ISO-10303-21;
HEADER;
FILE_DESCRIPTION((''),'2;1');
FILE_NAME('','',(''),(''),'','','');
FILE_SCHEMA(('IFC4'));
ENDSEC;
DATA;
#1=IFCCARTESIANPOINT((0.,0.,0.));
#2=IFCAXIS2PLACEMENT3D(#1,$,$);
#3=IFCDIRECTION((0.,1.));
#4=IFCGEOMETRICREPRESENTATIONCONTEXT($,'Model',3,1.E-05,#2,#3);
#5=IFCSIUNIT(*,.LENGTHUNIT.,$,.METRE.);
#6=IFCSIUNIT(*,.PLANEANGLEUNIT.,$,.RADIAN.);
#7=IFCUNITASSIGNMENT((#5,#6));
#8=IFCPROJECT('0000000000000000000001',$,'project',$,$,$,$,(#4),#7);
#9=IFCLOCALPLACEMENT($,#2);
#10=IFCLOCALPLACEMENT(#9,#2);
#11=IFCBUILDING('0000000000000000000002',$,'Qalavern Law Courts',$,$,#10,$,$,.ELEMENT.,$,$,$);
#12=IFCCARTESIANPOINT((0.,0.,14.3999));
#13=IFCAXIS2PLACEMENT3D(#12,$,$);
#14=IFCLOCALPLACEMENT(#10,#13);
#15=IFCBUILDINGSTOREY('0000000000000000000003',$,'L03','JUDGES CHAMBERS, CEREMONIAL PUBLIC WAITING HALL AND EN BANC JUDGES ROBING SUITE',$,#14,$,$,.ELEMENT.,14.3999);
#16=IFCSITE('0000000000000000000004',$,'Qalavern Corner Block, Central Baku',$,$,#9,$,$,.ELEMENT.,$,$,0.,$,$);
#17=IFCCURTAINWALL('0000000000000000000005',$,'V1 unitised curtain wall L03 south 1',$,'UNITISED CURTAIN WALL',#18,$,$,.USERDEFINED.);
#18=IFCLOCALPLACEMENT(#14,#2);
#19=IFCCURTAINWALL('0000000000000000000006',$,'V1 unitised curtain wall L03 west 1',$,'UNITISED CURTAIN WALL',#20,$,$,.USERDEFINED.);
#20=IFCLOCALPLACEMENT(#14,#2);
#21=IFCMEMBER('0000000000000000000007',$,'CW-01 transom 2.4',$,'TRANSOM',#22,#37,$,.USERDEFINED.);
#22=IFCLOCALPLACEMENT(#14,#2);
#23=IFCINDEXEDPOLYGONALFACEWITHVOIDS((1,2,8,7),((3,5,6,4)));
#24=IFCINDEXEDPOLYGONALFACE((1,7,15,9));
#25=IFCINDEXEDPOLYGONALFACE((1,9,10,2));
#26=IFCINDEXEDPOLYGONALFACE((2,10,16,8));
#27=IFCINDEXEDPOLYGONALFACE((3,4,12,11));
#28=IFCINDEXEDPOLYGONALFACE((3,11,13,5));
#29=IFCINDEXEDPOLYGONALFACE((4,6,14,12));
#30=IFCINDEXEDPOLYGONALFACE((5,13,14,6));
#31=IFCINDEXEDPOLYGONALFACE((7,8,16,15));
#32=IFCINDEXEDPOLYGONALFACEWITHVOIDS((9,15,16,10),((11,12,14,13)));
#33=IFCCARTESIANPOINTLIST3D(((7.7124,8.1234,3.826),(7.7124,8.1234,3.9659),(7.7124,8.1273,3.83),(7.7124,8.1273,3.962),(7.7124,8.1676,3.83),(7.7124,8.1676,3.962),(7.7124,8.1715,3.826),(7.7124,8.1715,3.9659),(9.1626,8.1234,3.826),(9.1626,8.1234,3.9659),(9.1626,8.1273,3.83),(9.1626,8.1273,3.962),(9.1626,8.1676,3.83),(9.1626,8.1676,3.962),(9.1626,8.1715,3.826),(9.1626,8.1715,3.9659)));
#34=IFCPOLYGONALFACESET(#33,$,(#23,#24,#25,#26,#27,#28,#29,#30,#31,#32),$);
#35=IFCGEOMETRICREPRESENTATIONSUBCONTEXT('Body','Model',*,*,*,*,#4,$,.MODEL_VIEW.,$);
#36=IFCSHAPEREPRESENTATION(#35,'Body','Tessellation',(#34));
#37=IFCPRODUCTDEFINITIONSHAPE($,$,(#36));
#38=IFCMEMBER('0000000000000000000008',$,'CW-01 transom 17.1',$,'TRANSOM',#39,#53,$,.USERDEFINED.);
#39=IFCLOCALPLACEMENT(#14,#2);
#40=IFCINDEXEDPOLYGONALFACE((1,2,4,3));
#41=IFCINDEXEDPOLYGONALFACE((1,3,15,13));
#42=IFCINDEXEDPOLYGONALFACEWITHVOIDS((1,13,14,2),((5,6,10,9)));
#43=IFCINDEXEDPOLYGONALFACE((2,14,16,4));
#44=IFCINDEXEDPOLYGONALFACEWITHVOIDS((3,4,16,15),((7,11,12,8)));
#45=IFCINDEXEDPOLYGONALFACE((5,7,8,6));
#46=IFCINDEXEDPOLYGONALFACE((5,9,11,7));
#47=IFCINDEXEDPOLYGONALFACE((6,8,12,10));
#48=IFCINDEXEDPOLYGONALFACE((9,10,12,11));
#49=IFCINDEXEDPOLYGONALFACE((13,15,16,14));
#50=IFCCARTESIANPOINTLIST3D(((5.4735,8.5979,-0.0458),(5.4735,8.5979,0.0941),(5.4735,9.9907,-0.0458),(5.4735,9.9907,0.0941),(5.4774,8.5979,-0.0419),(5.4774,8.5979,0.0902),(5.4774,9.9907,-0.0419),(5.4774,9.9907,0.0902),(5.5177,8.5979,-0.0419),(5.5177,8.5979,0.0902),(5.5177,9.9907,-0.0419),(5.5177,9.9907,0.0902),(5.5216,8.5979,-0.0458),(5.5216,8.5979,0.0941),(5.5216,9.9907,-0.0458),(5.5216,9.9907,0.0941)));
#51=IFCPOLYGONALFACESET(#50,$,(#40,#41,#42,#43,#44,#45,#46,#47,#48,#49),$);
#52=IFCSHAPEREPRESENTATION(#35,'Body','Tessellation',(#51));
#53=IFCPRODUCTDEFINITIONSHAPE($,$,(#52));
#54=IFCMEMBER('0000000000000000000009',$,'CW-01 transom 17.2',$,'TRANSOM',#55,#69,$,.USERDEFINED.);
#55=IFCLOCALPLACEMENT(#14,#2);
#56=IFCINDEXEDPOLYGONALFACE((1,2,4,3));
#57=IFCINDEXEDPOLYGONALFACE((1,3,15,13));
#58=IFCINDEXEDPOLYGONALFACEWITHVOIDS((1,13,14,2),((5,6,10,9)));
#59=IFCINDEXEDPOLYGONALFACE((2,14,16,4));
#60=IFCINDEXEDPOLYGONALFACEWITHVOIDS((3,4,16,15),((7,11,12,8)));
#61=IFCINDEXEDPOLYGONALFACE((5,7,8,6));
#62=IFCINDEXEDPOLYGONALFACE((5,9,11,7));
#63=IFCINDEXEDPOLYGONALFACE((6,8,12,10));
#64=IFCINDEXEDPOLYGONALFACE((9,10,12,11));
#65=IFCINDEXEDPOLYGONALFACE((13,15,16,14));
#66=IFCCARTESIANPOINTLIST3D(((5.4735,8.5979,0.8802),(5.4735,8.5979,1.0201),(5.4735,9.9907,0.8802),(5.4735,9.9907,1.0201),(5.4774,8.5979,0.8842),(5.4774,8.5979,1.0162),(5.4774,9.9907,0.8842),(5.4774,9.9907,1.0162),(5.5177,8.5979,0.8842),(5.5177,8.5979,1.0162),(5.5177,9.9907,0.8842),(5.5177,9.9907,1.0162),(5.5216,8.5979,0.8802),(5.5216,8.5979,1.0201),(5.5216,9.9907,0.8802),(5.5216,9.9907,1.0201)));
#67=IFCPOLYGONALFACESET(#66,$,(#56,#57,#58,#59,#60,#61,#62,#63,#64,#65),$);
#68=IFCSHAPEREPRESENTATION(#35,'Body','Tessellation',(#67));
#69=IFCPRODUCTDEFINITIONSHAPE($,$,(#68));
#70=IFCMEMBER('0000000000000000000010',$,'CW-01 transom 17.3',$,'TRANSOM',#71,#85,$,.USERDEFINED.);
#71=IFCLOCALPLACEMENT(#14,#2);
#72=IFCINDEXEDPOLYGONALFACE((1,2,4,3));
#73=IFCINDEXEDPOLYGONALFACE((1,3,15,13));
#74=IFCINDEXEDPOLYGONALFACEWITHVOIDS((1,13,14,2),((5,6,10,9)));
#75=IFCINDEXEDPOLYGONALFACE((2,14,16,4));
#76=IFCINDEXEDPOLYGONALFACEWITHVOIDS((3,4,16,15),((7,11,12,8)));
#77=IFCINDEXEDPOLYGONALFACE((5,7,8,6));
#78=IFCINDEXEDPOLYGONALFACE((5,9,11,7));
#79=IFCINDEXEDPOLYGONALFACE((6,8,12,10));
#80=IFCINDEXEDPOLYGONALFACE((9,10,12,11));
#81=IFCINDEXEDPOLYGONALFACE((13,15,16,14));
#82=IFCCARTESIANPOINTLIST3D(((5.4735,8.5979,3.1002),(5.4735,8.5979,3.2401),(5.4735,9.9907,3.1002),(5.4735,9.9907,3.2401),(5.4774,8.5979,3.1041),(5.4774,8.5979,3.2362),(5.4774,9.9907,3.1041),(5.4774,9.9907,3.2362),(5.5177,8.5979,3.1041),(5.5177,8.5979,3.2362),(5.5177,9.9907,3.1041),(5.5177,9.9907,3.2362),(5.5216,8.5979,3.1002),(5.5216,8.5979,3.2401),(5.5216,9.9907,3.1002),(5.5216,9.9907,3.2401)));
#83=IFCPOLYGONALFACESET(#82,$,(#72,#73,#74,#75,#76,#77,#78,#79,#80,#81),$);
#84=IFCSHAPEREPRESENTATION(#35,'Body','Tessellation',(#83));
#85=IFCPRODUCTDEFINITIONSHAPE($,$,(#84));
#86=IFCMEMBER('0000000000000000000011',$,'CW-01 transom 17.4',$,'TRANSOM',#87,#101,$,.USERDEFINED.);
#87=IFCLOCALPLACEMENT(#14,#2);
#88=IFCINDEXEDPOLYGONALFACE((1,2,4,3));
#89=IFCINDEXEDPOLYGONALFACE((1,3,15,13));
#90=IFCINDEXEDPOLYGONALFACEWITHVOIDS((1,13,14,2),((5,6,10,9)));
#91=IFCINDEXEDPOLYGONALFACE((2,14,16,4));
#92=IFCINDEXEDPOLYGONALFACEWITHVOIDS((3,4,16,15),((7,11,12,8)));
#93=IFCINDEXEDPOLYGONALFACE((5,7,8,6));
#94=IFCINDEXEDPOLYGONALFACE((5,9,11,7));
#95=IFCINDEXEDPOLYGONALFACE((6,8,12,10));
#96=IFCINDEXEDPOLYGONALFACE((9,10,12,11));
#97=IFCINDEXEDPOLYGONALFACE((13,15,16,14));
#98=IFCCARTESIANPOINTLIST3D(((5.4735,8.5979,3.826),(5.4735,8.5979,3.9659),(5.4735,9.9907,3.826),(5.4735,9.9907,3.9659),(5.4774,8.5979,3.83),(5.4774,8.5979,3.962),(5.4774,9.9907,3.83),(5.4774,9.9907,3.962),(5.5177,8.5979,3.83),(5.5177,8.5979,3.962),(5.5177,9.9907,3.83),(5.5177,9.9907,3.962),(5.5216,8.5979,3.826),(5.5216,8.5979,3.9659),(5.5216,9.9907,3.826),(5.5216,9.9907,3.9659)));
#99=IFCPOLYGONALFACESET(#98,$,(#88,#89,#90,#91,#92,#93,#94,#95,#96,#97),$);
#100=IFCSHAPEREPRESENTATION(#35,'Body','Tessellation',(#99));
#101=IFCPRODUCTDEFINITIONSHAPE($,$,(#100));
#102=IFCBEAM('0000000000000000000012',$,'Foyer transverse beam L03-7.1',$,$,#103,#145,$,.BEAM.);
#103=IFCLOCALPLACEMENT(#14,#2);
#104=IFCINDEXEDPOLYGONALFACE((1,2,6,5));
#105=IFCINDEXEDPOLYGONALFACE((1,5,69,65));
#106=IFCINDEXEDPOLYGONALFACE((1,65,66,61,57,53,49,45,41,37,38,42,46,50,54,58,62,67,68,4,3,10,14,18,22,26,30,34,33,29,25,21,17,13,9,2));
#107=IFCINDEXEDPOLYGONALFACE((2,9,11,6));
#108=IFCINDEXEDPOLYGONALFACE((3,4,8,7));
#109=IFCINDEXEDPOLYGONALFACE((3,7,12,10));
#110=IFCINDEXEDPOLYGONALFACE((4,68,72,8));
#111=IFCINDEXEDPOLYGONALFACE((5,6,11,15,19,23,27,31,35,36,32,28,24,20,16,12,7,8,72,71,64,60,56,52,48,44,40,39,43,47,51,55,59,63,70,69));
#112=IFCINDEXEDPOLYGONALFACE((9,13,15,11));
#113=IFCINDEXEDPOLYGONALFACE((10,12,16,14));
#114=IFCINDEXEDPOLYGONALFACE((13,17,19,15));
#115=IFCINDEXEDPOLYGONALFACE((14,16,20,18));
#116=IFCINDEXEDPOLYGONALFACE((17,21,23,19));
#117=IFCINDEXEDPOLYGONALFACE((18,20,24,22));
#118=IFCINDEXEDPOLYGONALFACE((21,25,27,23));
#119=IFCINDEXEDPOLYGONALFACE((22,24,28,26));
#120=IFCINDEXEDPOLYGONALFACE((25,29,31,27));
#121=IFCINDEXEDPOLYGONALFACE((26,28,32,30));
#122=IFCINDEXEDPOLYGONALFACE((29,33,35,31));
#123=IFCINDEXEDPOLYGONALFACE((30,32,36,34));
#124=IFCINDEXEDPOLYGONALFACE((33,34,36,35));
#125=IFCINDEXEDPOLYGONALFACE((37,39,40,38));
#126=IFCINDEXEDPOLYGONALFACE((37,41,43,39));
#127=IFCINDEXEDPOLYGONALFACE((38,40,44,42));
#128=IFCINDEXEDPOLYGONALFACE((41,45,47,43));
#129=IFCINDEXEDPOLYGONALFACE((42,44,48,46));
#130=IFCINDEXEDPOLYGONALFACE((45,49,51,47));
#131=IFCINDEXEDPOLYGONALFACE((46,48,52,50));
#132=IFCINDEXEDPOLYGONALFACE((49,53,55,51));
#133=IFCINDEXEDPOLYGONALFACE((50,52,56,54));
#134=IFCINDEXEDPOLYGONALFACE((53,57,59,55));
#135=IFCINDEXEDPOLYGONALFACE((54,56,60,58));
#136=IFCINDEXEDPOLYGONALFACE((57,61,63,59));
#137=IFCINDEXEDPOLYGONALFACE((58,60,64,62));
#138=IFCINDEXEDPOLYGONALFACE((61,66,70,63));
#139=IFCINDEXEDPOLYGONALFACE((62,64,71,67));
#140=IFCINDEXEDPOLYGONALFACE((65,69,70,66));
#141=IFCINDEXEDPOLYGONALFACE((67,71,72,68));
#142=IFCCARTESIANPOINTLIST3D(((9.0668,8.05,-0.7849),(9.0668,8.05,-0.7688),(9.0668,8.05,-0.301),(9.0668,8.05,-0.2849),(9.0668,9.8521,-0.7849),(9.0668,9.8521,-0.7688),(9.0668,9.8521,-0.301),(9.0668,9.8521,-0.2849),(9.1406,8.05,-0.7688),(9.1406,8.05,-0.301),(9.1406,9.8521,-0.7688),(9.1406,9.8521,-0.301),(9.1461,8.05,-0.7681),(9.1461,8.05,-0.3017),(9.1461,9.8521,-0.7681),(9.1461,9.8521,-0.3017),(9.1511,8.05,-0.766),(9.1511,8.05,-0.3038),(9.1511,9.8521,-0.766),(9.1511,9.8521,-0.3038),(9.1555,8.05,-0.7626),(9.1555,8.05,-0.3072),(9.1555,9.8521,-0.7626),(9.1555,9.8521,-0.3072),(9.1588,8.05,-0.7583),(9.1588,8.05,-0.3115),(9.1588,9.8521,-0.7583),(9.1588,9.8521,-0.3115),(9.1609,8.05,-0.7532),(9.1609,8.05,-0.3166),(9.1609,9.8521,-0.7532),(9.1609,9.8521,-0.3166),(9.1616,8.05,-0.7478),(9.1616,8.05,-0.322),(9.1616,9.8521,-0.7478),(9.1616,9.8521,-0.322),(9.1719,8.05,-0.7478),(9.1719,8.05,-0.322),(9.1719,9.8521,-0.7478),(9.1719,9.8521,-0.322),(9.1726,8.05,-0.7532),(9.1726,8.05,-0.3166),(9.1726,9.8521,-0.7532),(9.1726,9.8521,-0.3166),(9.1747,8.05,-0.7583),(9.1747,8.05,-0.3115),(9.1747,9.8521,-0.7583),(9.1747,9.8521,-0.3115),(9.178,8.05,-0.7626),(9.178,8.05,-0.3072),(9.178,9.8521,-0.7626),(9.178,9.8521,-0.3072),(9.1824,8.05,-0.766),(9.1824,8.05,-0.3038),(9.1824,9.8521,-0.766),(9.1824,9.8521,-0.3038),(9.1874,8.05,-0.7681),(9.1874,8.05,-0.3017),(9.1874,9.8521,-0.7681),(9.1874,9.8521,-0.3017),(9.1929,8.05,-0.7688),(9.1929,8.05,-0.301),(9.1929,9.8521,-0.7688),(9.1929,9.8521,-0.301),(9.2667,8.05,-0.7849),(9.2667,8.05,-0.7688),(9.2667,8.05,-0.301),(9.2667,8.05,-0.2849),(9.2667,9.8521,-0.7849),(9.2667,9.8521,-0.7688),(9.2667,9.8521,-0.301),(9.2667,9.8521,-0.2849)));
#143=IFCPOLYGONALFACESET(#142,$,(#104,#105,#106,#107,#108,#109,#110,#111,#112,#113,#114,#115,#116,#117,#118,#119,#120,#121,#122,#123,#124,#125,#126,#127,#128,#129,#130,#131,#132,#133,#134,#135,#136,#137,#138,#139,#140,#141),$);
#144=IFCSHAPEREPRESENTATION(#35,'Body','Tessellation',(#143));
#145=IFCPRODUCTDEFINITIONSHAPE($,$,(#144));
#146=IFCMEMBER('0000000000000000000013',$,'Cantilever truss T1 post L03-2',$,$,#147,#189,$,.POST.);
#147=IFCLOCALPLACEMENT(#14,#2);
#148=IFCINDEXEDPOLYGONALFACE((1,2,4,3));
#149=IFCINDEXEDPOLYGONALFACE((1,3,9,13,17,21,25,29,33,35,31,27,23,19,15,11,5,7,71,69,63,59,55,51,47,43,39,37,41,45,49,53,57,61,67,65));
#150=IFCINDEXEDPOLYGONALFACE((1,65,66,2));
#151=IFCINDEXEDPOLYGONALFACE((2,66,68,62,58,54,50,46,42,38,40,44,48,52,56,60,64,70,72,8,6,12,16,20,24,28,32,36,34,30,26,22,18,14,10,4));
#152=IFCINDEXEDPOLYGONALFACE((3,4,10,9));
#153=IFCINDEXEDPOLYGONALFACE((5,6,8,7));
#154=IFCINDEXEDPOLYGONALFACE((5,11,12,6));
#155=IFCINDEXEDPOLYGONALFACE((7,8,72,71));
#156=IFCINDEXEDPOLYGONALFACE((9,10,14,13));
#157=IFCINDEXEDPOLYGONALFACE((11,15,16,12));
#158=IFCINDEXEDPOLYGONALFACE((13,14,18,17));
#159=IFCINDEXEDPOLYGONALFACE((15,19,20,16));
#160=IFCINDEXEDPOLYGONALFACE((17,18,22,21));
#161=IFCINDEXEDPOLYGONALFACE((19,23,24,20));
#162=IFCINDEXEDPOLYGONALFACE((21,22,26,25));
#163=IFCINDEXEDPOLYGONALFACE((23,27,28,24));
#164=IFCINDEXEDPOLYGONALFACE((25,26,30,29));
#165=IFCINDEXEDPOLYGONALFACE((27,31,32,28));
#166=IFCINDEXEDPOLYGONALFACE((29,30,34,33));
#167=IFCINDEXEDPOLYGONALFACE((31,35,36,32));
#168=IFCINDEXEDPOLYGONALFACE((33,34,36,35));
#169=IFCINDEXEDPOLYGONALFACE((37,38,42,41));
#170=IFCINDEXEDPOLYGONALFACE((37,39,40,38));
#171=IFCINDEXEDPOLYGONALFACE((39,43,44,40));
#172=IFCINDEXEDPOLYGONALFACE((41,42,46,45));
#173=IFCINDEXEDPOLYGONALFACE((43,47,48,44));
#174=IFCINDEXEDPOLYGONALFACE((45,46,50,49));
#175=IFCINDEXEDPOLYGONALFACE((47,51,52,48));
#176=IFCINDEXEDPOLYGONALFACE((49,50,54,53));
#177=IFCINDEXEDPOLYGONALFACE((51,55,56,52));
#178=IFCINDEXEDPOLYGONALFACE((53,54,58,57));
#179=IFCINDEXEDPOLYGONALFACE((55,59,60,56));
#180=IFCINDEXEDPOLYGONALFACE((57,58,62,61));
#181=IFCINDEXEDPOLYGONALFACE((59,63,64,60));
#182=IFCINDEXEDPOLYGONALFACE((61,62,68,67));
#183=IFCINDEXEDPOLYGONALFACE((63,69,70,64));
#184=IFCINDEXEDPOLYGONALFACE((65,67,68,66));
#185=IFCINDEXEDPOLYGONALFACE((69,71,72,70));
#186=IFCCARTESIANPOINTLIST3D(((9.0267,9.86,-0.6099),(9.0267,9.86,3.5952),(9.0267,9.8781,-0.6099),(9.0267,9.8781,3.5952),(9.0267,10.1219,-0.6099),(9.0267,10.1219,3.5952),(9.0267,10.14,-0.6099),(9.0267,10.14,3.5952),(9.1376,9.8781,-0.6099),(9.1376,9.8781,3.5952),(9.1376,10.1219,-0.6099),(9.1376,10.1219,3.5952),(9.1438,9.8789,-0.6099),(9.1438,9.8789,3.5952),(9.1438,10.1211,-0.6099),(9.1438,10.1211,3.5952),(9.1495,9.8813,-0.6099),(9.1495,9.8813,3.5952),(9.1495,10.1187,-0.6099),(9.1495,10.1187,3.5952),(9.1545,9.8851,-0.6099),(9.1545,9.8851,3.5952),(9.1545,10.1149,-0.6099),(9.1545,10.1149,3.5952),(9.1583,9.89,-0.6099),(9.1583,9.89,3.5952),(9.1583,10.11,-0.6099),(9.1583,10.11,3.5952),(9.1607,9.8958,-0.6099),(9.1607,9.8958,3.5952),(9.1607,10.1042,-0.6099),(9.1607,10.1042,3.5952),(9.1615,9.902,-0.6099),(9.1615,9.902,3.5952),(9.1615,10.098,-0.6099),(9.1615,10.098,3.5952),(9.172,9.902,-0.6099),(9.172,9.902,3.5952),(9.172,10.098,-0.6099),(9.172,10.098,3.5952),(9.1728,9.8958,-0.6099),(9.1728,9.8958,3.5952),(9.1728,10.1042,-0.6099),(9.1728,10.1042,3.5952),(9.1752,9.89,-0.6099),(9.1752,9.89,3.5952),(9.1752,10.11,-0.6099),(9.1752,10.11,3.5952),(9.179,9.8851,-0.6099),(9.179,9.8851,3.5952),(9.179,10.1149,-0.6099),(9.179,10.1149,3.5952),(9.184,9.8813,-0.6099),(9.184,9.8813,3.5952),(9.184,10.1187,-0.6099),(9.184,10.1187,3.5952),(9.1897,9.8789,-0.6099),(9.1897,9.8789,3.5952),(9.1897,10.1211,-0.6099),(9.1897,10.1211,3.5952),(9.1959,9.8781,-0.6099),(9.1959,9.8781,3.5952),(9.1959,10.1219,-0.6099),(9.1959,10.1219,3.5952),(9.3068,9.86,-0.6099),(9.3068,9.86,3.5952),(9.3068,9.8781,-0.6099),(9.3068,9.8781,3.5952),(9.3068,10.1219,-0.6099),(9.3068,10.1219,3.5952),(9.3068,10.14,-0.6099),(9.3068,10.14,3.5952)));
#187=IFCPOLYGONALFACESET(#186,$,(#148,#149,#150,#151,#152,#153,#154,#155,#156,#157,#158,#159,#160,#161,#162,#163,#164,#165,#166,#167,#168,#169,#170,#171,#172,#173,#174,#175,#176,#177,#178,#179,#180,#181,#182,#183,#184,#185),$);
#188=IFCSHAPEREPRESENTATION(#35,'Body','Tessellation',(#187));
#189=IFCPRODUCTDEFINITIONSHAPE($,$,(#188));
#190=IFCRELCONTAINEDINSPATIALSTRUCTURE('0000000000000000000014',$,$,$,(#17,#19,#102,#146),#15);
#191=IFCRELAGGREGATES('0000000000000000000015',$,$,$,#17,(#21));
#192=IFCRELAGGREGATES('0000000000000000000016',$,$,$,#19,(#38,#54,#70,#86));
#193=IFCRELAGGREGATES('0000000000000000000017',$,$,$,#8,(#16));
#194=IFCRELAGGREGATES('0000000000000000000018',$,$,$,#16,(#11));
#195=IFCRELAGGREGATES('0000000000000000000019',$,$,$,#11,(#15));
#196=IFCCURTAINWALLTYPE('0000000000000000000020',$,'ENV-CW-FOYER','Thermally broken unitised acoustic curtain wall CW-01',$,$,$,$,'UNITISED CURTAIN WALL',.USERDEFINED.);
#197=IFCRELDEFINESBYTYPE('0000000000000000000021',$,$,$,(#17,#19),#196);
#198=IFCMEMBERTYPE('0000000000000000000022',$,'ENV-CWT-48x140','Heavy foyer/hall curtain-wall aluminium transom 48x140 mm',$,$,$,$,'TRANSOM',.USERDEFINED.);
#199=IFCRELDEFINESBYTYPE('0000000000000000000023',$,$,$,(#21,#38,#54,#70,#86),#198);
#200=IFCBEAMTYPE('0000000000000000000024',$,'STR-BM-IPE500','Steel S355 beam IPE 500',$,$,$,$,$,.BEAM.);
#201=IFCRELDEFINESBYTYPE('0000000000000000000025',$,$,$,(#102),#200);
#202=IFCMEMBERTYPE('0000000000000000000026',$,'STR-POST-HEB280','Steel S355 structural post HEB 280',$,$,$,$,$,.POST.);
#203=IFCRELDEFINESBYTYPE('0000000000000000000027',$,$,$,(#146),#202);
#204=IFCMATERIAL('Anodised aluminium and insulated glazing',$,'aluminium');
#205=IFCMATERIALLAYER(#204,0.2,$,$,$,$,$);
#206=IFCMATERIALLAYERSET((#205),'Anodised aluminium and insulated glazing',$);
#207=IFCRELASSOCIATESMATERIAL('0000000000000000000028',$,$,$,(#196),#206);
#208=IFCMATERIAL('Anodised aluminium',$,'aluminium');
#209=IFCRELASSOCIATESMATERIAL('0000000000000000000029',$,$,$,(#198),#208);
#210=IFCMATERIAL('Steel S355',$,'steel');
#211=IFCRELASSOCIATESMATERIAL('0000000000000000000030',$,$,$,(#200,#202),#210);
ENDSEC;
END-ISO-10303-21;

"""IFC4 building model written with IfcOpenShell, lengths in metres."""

from ifc_helpers import new_model, si_unit, direction, frame, origin, origin_2d, place, context, subcontext, project, spatial, hollow_rectangle, i_section, extrude, material, layer, layer_set, material_profile, profile_set, type_object, element, aggregate, save


model = new_model("IFC4")

# Units and contexts
model_context = context("Model", 3, precision=1e-05, world=origin(), true_north=direction((0.0, 1.0)))
body_context = subcontext(model_context, "Body", "Model", "MODEL_VIEW")
ifc_project = project(units=[si_unit("LENGTHUNIT", "METRE"), si_unit("PLANEANGLEUNIT", "RADIAN")], contexts=[model_context])

# Site, building, storey
site_placement = place(None, origin())
site = spatial("IfcSite", under=ifc_project, at=site_placement, Name="Qalavern Corner Block, Central Baku", CompositionType="ELEMENT", RefElevation=0.0)
building_placement = place(site_placement, origin())
building = spatial("IfcBuilding", under=site, at=building_placement, Name="Qalavern Law Courts", CompositionType="ELEMENT")
storey_placement = place(building_placement, frame((0.0, 0.0, 14.3999)))
storey = spatial("IfcBuildingStorey", under=building, at=storey_placement, Name="L03", Description="JUDGES CHAMBERS, CEREMONIAL PUBLIC WAITING HALL AND EN BANC JUDGES ROBING SUITE", CompositionType="ELEMENT", Elevation=14.3999)

# Curtain wall
ifc_material_1 = material(Name="Anodised aluminium and insulated glazing", Category="aluminium")
ifc_layer_1 = layer(ifc_material_1, 0.2)
ifc_layer_set_1 = layer_set([ifc_layer_1], Name="Anodised aluminium and insulated glazing")
curtain_wall_type = type_object("IfcCurtainWallType", Name="ENV-CW-FOYER", Description="Thermally broken unitised acoustic curtain wall CW-01", ElementType="UNITISED CURTAIN WALL", PredefinedType="USERDEFINED", material=ifc_layer_set_1)
curtain_wall_1_placement = place(storey_placement, origin())
curtain_wall_1 = element("IfcCurtainWall", 1, at=curtain_wall_1_placement, inside=storey, type_object=curtain_wall_type, Name="V1 unitised curtain wall L03 south 1", ObjectType="UNITISED CURTAIN WALL", PredefinedType="USERDEFINED")
ifc_material_2 = material(Name="Anodised aluminium", Category="aluminium")

# Curtain wall
curtain_wall_2_placement = place(storey_placement, origin())
curtain_wall_2 = element("IfcCurtainWall", 2, at=curtain_wall_2_placement, inside=storey, type_object=curtain_wall_type, Name="V1 unitised curtain wall L03 west 1", ObjectType="UNITISED CURTAIN WALL", PredefinedType="USERDEFINED")

# Members
ifc_material_profile_1 = material_profile(ifc_material_2, hollow_rectangle(XDim=0.0481, YDim=0.1399, WallThickness=0.0039, at=origin_2d()), Name="ALU TRANSOM 48x140")
ifc_profile_set_1 = profile_set([ifc_material_profile_1], Name="Anodised aluminium")
member_type_1 = type_object("IfcMemberType", Name="ENV-CWT-48x140", Description="Heavy foyer/hall curtain-wall aluminium transom 48x140 mm", ElementType="TRANSOM", PredefinedType="USERDEFINED", material=ifc_profile_set_1)
member_1_placement = place(storey_placement, frame((7.7124, 8.1475, 3.896), z_axis=(1.0, 0.0, 0.0), x_axis=(0.0, 1.0, 0.0)))
member_1 = element("IfcMember", 3, at=member_1_placement, type_object=member_type_1, Name="CW-01 transom 2.4", ObjectType="TRANSOM", PredefinedType="USERDEFINED", context=body_context, shape_type="SweptSolid", body=[
    extrude(hollow_rectangle(XDim=0.0481, YDim=0.1399, WallThickness=0.0039, at=origin_2d()), origin(), (0.0, 0.0, 1.0), 1.4502),
])
member_2_placement = place(storey_placement, frame((5.4976, 9.9907, 0.0242), z_axis=(0.0, -1.0, 0.0), x_axis=(1.0, 0.0, 0.0)))
member_2 = element("IfcMember", 4, at=member_2_placement, type_object=member_type_1, Name="CW-01 transom 17.1", ObjectType="TRANSOM", PredefinedType="USERDEFINED", context=body_context, shape_type="SweptSolid", body=[
    extrude(hollow_rectangle(XDim=0.0481, YDim=0.1399, WallThickness=0.0039, at=origin_2d()), origin(), (0.0, 0.0, 1.0), 1.3928),
])
member_3_placement = place(storey_placement, frame((5.4976, 9.9907, 0.9502), z_axis=(0.0, -1.0, 0.0), x_axis=(1.0, 0.0, 0.0)))
member_3 = element("IfcMember", 5, at=member_3_placement, type_object=member_type_1, Name="CW-01 transom 17.2", ObjectType="TRANSOM", PredefinedType="USERDEFINED", context=body_context, shape_type="SweptSolid", body=[
    extrude(hollow_rectangle(XDim=0.0481, YDim=0.1399, WallThickness=0.0039, at=origin_2d()), origin(), (0.0, 0.0, 1.0), 1.3928),
])
member_4_placement = place(storey_placement, frame((5.4976, 9.9907, 3.1702), z_axis=(0.0, -1.0, 0.0), x_axis=(1.0, 0.0, 0.0)))
member_4 = element("IfcMember", 6, at=member_4_placement, type_object=member_type_1, Name="CW-01 transom 17.3", ObjectType="TRANSOM", PredefinedType="USERDEFINED", context=body_context, shape_type="SweptSolid", body=[
    extrude(hollow_rectangle(XDim=0.0481, YDim=0.1399, WallThickness=0.0039, at=origin_2d()), origin(), (0.0, 0.0, 1.0), 1.3928),
])
member_5_placement = place(storey_placement, frame((5.4976, 9.9907, 3.896), z_axis=(0.0, -1.0, 0.0), x_axis=(1.0, 0.0, 0.0)))
member_5 = element("IfcMember", 7, at=member_5_placement, type_object=member_type_1, Name="CW-01 transom 17.4", ObjectType="TRANSOM", PredefinedType="USERDEFINED", context=body_context, shape_type="SweptSolid", body=[
    extrude(hollow_rectangle(XDim=0.0481, YDim=0.1399, WallThickness=0.0039, at=origin_2d()), origin(), (0.0, 0.0, 1.0), 1.3928),
])

# Beam
ifc_material_3 = material(Name="Steel S355", Category="steel")
ifc_material_profile_2 = material_profile(ifc_material_3, i_section(OverallWidth=0.2, OverallDepth=0.5, WebThickness=0.0103, FlangeThickness=0.0161, FilletRadius=0.021, at=origin_2d()), Name="IPE 500")
ifc_profile_set_2 = profile_set([ifc_material_profile_2], Name="Steel S355")
beam_type_1 = type_object("IfcBeamType", Name="STR-BM-IPE500", Description="Steel S355 beam IPE 500", PredefinedType="BEAM", material=ifc_profile_set_2)
beam_1_placement = place(storey_placement, frame((9.1667, 8.05, -0.5349), z_axis=(0.0, 1.0, 0.0), x_axis=(-1.0, 0.0, 0.0)))
element("IfcBeam", 8, at=beam_1_placement, inside=storey, type_object=beam_type_1, Name="Foyer transverse beam L03-7.1", PredefinedType="BEAM", context=body_context, shape_type="SweptSolid", body=[
    extrude(i_section(OverallWidth=0.2, OverallDepth=0.5, WebThickness=0.0103, FlangeThickness=0.0161, FilletRadius=0.021, at=origin_2d()), origin(), (0.0, 0.0, 1.0), 1.802),
])

# Member
ifc_material_profile_3 = material_profile(ifc_material_3, i_section(OverallWidth=0.28, OverallDepth=0.28, WebThickness=0.0105, FlangeThickness=0.0181, FilletRadius=0.0239, at=origin_2d()), Name="HEB 280")
ifc_profile_set_3 = profile_set([ifc_material_profile_3], Name="Steel S355")
member_type_2 = type_object("IfcMemberType", Name="STR-POST-HEB280", Description="Steel S355 structural post HEB 280", PredefinedType="POST", material=ifc_profile_set_3)
for number, where, z_axis, x_axis, name in (
    (9, (9.1667, 10.0, -0.6099), (0.0, 0.0, 1.0), (1.0, 0.0, 0.0), "Cantilever truss T1 post L03-2"),
):
    element("IfcMember", number, at=place(storey_placement, frame(where, z_axis=z_axis, x_axis=x_axis)), inside=storey, type_object=member_type_2, Name=name, PredefinedType="POST", context=body_context, shape_type="SweptSolid", body=[
        extrude(i_section(OverallWidth=0.28, OverallDepth=0.28, WebThickness=0.0105, FlangeThickness=0.0181, FilletRadius=0.0239, at=origin_2d()), origin(), (0.0, 0.0, 1.0), 4.2051),
    ])

aggregate(curtain_wall_1, [member_1])
aggregate(curtain_wall_2, [member_2, member_3, member_4, member_5])

save(model, "model.ifc")
